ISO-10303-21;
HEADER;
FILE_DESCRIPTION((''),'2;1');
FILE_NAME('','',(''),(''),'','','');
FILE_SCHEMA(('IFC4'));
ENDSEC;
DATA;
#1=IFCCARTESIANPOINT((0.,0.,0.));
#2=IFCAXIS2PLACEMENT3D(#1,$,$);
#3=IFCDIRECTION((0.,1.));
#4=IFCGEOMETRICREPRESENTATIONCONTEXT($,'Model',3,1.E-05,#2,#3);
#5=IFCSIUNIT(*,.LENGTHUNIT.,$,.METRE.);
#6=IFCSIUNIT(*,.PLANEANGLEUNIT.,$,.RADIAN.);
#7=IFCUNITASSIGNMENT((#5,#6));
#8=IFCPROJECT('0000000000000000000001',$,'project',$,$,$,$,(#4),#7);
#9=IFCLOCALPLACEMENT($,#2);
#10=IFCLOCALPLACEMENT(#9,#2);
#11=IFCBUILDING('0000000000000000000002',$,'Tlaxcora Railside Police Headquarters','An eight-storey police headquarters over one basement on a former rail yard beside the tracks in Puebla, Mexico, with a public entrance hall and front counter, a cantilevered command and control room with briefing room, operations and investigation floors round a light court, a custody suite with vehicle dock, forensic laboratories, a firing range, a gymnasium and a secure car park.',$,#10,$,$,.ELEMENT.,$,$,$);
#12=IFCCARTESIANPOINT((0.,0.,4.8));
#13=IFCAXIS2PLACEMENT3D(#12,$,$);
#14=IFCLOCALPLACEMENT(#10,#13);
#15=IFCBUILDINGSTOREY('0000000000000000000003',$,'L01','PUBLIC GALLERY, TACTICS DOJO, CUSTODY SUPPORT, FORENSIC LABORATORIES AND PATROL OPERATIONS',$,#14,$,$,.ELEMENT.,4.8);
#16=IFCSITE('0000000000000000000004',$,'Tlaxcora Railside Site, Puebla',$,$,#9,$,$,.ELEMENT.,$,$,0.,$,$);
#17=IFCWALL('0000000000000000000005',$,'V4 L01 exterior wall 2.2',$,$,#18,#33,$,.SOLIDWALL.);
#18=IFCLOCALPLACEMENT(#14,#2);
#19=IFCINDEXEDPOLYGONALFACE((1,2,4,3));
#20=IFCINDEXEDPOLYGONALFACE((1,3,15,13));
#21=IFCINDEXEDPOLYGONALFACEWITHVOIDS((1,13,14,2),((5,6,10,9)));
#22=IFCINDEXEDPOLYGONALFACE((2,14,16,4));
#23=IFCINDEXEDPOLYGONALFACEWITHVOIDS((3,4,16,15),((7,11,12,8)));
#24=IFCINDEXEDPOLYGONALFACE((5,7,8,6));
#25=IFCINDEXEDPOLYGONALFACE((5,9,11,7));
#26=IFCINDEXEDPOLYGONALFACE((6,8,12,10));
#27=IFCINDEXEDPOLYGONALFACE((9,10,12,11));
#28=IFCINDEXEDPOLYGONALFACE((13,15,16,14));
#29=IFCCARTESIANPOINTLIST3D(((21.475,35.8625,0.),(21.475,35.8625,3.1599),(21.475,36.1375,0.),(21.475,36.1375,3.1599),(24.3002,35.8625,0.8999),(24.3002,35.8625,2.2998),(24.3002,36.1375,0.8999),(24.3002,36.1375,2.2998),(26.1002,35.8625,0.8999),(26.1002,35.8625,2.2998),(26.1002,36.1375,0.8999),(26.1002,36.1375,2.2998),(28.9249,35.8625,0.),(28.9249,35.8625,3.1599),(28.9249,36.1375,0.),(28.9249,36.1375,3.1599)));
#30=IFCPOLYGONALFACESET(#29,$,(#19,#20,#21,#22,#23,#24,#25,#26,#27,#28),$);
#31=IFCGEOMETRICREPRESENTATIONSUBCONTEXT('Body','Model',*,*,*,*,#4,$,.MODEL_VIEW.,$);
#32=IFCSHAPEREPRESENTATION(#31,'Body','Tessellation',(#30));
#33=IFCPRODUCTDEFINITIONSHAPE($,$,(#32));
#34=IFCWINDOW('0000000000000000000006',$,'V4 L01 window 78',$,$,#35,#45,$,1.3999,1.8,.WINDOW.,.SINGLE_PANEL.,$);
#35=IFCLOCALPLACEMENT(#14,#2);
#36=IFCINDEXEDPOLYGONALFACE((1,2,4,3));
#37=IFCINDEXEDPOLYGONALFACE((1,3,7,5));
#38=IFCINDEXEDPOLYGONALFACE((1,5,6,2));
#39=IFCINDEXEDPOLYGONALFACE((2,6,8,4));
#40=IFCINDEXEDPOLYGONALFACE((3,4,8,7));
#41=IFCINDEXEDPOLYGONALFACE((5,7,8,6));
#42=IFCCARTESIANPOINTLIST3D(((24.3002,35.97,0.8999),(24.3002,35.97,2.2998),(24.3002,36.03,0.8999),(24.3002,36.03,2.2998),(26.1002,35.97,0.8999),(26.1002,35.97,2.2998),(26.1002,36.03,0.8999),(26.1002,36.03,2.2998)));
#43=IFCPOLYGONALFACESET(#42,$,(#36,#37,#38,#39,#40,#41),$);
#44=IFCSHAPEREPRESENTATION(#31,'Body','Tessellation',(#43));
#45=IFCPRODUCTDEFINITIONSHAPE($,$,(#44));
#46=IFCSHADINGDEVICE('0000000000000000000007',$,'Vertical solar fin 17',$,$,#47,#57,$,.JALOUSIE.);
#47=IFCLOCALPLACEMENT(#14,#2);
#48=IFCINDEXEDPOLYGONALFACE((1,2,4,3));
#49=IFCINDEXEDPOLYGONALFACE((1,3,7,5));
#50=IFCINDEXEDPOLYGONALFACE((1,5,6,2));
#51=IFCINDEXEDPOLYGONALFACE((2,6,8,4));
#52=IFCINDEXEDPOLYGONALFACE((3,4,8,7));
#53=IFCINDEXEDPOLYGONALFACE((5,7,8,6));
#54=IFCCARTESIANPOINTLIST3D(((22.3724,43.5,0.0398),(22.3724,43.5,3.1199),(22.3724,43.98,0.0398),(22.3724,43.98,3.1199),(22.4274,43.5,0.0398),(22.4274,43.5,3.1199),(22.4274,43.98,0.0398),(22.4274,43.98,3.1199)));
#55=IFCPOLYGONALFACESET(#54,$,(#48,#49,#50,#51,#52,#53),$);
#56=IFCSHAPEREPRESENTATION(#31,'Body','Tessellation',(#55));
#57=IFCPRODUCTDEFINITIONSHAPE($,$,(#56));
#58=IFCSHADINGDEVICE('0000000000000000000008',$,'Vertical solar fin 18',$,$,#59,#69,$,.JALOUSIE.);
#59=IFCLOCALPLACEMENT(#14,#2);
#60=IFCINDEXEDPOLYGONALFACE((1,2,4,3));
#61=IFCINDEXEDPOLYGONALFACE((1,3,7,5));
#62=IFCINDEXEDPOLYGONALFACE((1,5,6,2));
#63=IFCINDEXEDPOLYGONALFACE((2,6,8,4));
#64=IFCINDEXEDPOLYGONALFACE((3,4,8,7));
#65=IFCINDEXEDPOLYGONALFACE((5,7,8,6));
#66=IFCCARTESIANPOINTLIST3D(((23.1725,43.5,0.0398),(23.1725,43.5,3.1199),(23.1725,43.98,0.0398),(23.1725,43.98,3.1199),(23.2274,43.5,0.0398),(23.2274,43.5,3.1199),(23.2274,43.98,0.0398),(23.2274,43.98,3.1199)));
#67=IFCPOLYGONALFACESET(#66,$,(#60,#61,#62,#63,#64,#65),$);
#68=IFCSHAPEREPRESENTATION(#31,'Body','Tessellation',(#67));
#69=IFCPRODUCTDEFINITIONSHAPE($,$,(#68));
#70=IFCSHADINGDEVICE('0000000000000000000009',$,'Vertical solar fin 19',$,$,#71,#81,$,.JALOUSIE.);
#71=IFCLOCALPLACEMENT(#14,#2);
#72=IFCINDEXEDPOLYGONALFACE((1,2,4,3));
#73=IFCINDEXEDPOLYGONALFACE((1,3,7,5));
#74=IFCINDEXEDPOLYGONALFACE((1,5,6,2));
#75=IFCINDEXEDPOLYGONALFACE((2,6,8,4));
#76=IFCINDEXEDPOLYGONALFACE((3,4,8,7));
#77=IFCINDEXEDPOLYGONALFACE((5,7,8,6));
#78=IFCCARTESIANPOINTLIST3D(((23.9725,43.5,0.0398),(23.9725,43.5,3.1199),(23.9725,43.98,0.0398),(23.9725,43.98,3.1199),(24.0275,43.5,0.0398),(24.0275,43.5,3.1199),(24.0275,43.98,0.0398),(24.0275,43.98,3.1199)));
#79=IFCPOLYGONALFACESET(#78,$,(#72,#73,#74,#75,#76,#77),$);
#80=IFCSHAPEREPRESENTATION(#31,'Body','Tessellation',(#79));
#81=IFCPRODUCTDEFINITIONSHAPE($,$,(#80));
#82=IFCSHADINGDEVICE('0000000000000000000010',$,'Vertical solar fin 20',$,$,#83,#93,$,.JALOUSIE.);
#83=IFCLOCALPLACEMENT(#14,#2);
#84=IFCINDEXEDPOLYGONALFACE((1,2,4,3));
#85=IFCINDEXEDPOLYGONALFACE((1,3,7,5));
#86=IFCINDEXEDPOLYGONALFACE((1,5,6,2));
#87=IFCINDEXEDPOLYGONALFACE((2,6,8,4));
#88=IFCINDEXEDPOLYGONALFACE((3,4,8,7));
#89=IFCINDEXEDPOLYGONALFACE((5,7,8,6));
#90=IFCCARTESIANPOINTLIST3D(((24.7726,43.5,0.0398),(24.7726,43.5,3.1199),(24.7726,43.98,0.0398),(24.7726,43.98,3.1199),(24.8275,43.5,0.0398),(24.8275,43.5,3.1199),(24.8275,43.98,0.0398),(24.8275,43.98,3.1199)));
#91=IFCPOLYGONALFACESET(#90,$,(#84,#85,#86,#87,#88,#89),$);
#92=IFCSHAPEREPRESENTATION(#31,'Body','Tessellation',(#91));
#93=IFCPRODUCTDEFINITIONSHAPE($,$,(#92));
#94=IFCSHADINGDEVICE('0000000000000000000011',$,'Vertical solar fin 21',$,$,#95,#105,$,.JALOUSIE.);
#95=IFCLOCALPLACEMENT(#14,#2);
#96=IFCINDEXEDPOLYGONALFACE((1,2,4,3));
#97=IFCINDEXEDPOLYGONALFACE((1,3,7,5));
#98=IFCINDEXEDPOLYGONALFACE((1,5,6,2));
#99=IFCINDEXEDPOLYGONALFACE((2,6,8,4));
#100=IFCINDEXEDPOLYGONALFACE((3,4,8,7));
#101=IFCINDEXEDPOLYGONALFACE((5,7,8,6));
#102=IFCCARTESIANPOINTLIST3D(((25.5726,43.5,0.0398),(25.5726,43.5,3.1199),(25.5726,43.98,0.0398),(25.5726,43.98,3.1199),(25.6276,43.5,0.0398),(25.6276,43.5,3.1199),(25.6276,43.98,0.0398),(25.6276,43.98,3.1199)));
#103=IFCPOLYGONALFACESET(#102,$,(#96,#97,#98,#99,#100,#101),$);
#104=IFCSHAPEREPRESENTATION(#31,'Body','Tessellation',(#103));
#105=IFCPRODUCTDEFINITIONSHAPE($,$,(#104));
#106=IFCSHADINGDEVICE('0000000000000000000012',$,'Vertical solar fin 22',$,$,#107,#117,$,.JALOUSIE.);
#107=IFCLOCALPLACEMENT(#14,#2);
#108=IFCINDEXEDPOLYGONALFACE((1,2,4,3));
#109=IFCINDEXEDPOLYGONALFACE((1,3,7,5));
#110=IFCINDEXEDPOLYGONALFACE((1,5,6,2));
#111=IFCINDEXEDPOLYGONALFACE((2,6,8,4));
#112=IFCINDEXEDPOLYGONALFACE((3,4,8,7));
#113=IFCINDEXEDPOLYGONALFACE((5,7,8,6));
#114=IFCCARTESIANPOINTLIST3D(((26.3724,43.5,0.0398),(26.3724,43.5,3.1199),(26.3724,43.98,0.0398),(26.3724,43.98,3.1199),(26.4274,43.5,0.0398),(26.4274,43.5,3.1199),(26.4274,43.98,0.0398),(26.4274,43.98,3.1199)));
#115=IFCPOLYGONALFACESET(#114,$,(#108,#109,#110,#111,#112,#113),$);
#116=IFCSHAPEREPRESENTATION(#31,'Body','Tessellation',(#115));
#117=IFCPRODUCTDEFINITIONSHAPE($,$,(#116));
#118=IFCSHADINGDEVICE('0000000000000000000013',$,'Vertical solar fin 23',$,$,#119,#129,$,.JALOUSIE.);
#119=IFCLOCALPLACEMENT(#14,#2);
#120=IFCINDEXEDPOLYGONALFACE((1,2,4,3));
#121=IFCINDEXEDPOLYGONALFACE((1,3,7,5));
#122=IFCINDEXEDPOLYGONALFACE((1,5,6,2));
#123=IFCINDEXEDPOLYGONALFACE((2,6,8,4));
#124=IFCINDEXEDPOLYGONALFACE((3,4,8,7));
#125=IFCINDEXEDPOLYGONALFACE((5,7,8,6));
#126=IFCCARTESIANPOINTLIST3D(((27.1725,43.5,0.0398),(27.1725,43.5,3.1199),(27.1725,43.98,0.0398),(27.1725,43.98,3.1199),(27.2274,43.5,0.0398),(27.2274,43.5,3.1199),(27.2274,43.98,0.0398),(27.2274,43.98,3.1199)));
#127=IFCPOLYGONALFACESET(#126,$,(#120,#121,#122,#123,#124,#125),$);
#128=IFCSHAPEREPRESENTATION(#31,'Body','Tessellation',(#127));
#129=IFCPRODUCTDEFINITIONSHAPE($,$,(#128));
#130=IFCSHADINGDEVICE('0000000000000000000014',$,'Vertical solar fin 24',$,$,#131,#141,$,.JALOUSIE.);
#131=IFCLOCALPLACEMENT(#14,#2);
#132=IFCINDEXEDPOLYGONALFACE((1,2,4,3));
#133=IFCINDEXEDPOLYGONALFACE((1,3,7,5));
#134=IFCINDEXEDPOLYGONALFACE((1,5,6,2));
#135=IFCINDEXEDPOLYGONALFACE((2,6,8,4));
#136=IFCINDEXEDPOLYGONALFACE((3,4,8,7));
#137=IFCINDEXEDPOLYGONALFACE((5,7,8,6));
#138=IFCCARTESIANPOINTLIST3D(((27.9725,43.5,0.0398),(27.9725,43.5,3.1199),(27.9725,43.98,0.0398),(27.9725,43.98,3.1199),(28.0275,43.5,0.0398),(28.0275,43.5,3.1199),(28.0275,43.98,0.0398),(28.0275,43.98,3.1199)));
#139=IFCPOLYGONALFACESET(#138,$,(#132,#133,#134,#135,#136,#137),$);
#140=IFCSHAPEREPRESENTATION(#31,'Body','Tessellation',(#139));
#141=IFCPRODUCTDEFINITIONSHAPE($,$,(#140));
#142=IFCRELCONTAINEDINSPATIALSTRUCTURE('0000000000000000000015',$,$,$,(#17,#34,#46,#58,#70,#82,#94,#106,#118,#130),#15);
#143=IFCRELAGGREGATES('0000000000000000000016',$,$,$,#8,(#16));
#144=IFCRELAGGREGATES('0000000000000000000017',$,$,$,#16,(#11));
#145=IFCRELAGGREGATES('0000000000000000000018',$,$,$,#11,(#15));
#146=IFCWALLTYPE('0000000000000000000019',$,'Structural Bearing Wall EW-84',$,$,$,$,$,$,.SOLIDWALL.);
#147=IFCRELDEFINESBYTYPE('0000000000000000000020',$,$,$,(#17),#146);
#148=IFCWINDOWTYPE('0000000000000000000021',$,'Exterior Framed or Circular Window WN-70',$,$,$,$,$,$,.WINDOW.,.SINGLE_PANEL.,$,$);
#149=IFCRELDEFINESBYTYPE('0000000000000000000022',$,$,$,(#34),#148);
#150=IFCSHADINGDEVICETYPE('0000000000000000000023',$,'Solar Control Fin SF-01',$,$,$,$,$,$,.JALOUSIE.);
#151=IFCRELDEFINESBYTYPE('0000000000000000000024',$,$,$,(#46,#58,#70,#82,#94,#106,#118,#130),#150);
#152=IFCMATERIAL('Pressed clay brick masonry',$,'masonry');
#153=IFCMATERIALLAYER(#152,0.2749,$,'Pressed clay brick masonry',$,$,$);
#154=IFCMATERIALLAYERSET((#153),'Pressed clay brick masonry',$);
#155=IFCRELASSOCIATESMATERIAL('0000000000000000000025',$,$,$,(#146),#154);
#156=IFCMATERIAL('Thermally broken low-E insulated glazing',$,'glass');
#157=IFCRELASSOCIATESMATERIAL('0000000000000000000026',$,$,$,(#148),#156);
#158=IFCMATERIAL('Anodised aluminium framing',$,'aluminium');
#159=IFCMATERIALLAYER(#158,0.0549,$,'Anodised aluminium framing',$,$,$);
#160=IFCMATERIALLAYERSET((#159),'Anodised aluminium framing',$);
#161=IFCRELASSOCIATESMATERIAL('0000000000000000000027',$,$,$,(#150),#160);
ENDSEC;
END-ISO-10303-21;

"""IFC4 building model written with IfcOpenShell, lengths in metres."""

from ifc_helpers import new_model, si_unit, direction, frame, frame_2d, origin, origin_2d, place, context, subcontext, project, spatial, rectangle, extrude, material, layer, layer_set, type_object, element, fill, save


model = new_model("IFC4")

# Units and contexts
model_context = context("Model", 3, precision=1e-05, world=origin(), true_north=direction((0.0, 1.0)))
body_context = subcontext(model_context, "Body", "Model", "MODEL_VIEW")
ifc_project = project(units=[si_unit("LENGTHUNIT", "METRE"), si_unit("PLANEANGLEUNIT", "RADIAN")], contexts=[model_context])

# Site, building, storey
site_placement = place(None, origin())
site = spatial("IfcSite", under=ifc_project, at=site_placement, Name="Tlaxcora Railside Site, Puebla", CompositionType="ELEMENT", RefElevation=0.0)
building_placement = place(site_placement, origin())
building = spatial("IfcBuilding", under=site, at=building_placement, Name="Tlaxcora Railside Police Headquarters", Description="An eight-storey police headquarters over one basement on a former rail yard beside the tracks in Puebla, Mexico, with a public entrance hall and front counter, a cantilevered command and control room with briefing room, operations and investigation floors round a light court, a custody suite with vehicle dock, forensic laboratories, a firing range, a gymnasium and a secure car park.", CompositionType="ELEMENT")
storey_placement = place(building_placement, frame((0.0, 0.0, 4.8)))
storey = spatial("IfcBuildingStorey", under=building, at=storey_placement, Name="L01", Description="PUBLIC GALLERY, TACTICS DOJO, CUSTODY SUPPORT, FORENSIC LABORATORIES AND PATROL OPERATIONS", CompositionType="ELEMENT", Elevation=4.8)

# Shared definitions
ifc_material_1 = material(Name="Thermally broken low-E insulated glazing", Category="glass")
ifc_material_2 = material(Name="Anodised aluminium framing", Category="aluminium")

# Wall, opening, window
ifc_material_3 = material(Name="Pressed clay brick masonry", Category="masonry")
ifc_layer_1 = layer(ifc_material_3, 0.2749, Name="Pressed clay brick masonry")
ifc_layer_set_1 = layer_set([ifc_layer_1], Name="Pressed clay brick masonry")
wall_type = type_object("IfcWallType", Name="Structural Bearing Wall EW-84", PredefinedType="SOLIDWALL", material=ifc_layer_set_1)
wall_placement = place(storey_placement, frame((28.925, 36.0, 0.0), z_axis=(0.0, 0.0, 1.0), x_axis=(-1.0, 0.0, 0.0)))
wall = element("IfcWall", 1, at=wall_placement, inside=storey, type_object=wall_type, Name="V4 L01 exterior wall 2.2", PredefinedType="SOLIDWALL", context=body_context, shape_type="SweptSolid", body=[
    extrude(rectangle(XDim=7.45, YDim=0.2749, at=frame_2d((3.7251, 0.0))), origin(), (0.0, 0.0, 1.0), 3.1599),
])
opening_placement = place(wall_placement, frame((2.825, 0.0, 0.8999)))
opening = element("IfcOpeningElement", 2, at=opening_placement, cuts=wall, PredefinedType="OPENING", context=body_context, shape_type="SweptSolid", body=[
    extrude(rectangle(XDim=1.8, YDim=1.3999, at=frame_2d((0.8999, 0.7))), frame((0.0, 0.1475, 0.0), z_axis=(0.0, -1.0, 0.0), x_axis=(1.0, 0.0, 0.0)), (0.0, 0.0, 1.0), 0.2949),
])
window_type = type_object("IfcWindowType", Name="Exterior Framed or Circular Window WN-70", PartitioningType="SINGLE_PANEL", PredefinedType="WINDOW", material=ifc_material_1)
window_placement = place(opening_placement, origin())
window = element("IfcWindow", 3, at=window_placement, inside=storey, type_object=window_type, Name="V4 L01 window 78", OverallHeight=1.3999, OverallWidth=1.8, PartitioningType="SINGLE_PANEL", PredefinedType="WINDOW", context=body_context, shape_type="SweptSolid", body=[
    extrude(rectangle(XDim=1.8, YDim=1.3999, at=frame_2d((0.8999, 0.7))), frame((0.0, 0.03, 0.0), z_axis=(0.0, -1.0, 0.0), x_axis=(1.0, 0.0, 0.0)), (0.0, 0.0, 1.0), 0.0601),
])
fill(opening, window)

# Shading devices
ifc_layer_2 = layer(ifc_material_2, 0.0549, Name="Anodised aluminium framing")
ifc_layer_set_2 = layer_set([ifc_layer_2], Name="Anodised aluminium framing")
shading_device_type = type_object("IfcShadingDeviceType", Name="Solar Control Fin SF-01", PredefinedType="JALOUSIE", material=ifc_layer_set_2)
for number, where, z_axis, x_axis, name in (
    (4, (22.3999, 43.74, 0.0398), (0.0, 0.0, 1.0), (0.0, -1.0, 0.0), "Vertical solar fin 17"),
    (5, (23.2, 43.74, 0.0398), (0.0, 0.0, 1.0), (0.0, -1.0, 0.0), "Vertical solar fin 18"),
    (6, (24.0, 43.74, 0.0398), (0.0, 0.0, 1.0), (0.0, -1.0, 0.0), "Vertical solar fin 19"),
    (7, (24.8, 43.74, 0.0398), (0.0, 0.0, 1.0), (0.0, -1.0, 0.0), "Vertical solar fin 20"),
    (8, (25.6001, 43.74, 0.0398), (0.0, 0.0, 1.0), (0.0, -1.0, 0.0), "Vertical solar fin 21"),
    (9, (26.3999, 43.74, 0.0398), (0.0, 0.0, 1.0), (0.0, -1.0, 0.0), "Vertical solar fin 22"),
    (10, (27.2, 43.74, 0.0398), (0.0, 0.0, 1.0), (0.0, -1.0, 0.0), "Vertical solar fin 23"),
    (11, (28.0, 43.74, 0.0398), (0.0, 0.0, 1.0), (0.0, -1.0, 0.0), "Vertical solar fin 24"),
):
    element("IfcShadingDevice", number, at=place(storey_placement, frame(where, z_axis=z_axis, x_axis=x_axis)), inside=storey, type_object=shading_device_type, Name=name, PredefinedType="JALOUSIE", context=body_context, shape_type="SweptSolid", body=[
        extrude(rectangle(XDim=0.48, YDim=0.0549, at=origin_2d()), origin(), (0.0, 0.0, 1.0), 3.0801),
    ])

save(model, "model.ifc")
